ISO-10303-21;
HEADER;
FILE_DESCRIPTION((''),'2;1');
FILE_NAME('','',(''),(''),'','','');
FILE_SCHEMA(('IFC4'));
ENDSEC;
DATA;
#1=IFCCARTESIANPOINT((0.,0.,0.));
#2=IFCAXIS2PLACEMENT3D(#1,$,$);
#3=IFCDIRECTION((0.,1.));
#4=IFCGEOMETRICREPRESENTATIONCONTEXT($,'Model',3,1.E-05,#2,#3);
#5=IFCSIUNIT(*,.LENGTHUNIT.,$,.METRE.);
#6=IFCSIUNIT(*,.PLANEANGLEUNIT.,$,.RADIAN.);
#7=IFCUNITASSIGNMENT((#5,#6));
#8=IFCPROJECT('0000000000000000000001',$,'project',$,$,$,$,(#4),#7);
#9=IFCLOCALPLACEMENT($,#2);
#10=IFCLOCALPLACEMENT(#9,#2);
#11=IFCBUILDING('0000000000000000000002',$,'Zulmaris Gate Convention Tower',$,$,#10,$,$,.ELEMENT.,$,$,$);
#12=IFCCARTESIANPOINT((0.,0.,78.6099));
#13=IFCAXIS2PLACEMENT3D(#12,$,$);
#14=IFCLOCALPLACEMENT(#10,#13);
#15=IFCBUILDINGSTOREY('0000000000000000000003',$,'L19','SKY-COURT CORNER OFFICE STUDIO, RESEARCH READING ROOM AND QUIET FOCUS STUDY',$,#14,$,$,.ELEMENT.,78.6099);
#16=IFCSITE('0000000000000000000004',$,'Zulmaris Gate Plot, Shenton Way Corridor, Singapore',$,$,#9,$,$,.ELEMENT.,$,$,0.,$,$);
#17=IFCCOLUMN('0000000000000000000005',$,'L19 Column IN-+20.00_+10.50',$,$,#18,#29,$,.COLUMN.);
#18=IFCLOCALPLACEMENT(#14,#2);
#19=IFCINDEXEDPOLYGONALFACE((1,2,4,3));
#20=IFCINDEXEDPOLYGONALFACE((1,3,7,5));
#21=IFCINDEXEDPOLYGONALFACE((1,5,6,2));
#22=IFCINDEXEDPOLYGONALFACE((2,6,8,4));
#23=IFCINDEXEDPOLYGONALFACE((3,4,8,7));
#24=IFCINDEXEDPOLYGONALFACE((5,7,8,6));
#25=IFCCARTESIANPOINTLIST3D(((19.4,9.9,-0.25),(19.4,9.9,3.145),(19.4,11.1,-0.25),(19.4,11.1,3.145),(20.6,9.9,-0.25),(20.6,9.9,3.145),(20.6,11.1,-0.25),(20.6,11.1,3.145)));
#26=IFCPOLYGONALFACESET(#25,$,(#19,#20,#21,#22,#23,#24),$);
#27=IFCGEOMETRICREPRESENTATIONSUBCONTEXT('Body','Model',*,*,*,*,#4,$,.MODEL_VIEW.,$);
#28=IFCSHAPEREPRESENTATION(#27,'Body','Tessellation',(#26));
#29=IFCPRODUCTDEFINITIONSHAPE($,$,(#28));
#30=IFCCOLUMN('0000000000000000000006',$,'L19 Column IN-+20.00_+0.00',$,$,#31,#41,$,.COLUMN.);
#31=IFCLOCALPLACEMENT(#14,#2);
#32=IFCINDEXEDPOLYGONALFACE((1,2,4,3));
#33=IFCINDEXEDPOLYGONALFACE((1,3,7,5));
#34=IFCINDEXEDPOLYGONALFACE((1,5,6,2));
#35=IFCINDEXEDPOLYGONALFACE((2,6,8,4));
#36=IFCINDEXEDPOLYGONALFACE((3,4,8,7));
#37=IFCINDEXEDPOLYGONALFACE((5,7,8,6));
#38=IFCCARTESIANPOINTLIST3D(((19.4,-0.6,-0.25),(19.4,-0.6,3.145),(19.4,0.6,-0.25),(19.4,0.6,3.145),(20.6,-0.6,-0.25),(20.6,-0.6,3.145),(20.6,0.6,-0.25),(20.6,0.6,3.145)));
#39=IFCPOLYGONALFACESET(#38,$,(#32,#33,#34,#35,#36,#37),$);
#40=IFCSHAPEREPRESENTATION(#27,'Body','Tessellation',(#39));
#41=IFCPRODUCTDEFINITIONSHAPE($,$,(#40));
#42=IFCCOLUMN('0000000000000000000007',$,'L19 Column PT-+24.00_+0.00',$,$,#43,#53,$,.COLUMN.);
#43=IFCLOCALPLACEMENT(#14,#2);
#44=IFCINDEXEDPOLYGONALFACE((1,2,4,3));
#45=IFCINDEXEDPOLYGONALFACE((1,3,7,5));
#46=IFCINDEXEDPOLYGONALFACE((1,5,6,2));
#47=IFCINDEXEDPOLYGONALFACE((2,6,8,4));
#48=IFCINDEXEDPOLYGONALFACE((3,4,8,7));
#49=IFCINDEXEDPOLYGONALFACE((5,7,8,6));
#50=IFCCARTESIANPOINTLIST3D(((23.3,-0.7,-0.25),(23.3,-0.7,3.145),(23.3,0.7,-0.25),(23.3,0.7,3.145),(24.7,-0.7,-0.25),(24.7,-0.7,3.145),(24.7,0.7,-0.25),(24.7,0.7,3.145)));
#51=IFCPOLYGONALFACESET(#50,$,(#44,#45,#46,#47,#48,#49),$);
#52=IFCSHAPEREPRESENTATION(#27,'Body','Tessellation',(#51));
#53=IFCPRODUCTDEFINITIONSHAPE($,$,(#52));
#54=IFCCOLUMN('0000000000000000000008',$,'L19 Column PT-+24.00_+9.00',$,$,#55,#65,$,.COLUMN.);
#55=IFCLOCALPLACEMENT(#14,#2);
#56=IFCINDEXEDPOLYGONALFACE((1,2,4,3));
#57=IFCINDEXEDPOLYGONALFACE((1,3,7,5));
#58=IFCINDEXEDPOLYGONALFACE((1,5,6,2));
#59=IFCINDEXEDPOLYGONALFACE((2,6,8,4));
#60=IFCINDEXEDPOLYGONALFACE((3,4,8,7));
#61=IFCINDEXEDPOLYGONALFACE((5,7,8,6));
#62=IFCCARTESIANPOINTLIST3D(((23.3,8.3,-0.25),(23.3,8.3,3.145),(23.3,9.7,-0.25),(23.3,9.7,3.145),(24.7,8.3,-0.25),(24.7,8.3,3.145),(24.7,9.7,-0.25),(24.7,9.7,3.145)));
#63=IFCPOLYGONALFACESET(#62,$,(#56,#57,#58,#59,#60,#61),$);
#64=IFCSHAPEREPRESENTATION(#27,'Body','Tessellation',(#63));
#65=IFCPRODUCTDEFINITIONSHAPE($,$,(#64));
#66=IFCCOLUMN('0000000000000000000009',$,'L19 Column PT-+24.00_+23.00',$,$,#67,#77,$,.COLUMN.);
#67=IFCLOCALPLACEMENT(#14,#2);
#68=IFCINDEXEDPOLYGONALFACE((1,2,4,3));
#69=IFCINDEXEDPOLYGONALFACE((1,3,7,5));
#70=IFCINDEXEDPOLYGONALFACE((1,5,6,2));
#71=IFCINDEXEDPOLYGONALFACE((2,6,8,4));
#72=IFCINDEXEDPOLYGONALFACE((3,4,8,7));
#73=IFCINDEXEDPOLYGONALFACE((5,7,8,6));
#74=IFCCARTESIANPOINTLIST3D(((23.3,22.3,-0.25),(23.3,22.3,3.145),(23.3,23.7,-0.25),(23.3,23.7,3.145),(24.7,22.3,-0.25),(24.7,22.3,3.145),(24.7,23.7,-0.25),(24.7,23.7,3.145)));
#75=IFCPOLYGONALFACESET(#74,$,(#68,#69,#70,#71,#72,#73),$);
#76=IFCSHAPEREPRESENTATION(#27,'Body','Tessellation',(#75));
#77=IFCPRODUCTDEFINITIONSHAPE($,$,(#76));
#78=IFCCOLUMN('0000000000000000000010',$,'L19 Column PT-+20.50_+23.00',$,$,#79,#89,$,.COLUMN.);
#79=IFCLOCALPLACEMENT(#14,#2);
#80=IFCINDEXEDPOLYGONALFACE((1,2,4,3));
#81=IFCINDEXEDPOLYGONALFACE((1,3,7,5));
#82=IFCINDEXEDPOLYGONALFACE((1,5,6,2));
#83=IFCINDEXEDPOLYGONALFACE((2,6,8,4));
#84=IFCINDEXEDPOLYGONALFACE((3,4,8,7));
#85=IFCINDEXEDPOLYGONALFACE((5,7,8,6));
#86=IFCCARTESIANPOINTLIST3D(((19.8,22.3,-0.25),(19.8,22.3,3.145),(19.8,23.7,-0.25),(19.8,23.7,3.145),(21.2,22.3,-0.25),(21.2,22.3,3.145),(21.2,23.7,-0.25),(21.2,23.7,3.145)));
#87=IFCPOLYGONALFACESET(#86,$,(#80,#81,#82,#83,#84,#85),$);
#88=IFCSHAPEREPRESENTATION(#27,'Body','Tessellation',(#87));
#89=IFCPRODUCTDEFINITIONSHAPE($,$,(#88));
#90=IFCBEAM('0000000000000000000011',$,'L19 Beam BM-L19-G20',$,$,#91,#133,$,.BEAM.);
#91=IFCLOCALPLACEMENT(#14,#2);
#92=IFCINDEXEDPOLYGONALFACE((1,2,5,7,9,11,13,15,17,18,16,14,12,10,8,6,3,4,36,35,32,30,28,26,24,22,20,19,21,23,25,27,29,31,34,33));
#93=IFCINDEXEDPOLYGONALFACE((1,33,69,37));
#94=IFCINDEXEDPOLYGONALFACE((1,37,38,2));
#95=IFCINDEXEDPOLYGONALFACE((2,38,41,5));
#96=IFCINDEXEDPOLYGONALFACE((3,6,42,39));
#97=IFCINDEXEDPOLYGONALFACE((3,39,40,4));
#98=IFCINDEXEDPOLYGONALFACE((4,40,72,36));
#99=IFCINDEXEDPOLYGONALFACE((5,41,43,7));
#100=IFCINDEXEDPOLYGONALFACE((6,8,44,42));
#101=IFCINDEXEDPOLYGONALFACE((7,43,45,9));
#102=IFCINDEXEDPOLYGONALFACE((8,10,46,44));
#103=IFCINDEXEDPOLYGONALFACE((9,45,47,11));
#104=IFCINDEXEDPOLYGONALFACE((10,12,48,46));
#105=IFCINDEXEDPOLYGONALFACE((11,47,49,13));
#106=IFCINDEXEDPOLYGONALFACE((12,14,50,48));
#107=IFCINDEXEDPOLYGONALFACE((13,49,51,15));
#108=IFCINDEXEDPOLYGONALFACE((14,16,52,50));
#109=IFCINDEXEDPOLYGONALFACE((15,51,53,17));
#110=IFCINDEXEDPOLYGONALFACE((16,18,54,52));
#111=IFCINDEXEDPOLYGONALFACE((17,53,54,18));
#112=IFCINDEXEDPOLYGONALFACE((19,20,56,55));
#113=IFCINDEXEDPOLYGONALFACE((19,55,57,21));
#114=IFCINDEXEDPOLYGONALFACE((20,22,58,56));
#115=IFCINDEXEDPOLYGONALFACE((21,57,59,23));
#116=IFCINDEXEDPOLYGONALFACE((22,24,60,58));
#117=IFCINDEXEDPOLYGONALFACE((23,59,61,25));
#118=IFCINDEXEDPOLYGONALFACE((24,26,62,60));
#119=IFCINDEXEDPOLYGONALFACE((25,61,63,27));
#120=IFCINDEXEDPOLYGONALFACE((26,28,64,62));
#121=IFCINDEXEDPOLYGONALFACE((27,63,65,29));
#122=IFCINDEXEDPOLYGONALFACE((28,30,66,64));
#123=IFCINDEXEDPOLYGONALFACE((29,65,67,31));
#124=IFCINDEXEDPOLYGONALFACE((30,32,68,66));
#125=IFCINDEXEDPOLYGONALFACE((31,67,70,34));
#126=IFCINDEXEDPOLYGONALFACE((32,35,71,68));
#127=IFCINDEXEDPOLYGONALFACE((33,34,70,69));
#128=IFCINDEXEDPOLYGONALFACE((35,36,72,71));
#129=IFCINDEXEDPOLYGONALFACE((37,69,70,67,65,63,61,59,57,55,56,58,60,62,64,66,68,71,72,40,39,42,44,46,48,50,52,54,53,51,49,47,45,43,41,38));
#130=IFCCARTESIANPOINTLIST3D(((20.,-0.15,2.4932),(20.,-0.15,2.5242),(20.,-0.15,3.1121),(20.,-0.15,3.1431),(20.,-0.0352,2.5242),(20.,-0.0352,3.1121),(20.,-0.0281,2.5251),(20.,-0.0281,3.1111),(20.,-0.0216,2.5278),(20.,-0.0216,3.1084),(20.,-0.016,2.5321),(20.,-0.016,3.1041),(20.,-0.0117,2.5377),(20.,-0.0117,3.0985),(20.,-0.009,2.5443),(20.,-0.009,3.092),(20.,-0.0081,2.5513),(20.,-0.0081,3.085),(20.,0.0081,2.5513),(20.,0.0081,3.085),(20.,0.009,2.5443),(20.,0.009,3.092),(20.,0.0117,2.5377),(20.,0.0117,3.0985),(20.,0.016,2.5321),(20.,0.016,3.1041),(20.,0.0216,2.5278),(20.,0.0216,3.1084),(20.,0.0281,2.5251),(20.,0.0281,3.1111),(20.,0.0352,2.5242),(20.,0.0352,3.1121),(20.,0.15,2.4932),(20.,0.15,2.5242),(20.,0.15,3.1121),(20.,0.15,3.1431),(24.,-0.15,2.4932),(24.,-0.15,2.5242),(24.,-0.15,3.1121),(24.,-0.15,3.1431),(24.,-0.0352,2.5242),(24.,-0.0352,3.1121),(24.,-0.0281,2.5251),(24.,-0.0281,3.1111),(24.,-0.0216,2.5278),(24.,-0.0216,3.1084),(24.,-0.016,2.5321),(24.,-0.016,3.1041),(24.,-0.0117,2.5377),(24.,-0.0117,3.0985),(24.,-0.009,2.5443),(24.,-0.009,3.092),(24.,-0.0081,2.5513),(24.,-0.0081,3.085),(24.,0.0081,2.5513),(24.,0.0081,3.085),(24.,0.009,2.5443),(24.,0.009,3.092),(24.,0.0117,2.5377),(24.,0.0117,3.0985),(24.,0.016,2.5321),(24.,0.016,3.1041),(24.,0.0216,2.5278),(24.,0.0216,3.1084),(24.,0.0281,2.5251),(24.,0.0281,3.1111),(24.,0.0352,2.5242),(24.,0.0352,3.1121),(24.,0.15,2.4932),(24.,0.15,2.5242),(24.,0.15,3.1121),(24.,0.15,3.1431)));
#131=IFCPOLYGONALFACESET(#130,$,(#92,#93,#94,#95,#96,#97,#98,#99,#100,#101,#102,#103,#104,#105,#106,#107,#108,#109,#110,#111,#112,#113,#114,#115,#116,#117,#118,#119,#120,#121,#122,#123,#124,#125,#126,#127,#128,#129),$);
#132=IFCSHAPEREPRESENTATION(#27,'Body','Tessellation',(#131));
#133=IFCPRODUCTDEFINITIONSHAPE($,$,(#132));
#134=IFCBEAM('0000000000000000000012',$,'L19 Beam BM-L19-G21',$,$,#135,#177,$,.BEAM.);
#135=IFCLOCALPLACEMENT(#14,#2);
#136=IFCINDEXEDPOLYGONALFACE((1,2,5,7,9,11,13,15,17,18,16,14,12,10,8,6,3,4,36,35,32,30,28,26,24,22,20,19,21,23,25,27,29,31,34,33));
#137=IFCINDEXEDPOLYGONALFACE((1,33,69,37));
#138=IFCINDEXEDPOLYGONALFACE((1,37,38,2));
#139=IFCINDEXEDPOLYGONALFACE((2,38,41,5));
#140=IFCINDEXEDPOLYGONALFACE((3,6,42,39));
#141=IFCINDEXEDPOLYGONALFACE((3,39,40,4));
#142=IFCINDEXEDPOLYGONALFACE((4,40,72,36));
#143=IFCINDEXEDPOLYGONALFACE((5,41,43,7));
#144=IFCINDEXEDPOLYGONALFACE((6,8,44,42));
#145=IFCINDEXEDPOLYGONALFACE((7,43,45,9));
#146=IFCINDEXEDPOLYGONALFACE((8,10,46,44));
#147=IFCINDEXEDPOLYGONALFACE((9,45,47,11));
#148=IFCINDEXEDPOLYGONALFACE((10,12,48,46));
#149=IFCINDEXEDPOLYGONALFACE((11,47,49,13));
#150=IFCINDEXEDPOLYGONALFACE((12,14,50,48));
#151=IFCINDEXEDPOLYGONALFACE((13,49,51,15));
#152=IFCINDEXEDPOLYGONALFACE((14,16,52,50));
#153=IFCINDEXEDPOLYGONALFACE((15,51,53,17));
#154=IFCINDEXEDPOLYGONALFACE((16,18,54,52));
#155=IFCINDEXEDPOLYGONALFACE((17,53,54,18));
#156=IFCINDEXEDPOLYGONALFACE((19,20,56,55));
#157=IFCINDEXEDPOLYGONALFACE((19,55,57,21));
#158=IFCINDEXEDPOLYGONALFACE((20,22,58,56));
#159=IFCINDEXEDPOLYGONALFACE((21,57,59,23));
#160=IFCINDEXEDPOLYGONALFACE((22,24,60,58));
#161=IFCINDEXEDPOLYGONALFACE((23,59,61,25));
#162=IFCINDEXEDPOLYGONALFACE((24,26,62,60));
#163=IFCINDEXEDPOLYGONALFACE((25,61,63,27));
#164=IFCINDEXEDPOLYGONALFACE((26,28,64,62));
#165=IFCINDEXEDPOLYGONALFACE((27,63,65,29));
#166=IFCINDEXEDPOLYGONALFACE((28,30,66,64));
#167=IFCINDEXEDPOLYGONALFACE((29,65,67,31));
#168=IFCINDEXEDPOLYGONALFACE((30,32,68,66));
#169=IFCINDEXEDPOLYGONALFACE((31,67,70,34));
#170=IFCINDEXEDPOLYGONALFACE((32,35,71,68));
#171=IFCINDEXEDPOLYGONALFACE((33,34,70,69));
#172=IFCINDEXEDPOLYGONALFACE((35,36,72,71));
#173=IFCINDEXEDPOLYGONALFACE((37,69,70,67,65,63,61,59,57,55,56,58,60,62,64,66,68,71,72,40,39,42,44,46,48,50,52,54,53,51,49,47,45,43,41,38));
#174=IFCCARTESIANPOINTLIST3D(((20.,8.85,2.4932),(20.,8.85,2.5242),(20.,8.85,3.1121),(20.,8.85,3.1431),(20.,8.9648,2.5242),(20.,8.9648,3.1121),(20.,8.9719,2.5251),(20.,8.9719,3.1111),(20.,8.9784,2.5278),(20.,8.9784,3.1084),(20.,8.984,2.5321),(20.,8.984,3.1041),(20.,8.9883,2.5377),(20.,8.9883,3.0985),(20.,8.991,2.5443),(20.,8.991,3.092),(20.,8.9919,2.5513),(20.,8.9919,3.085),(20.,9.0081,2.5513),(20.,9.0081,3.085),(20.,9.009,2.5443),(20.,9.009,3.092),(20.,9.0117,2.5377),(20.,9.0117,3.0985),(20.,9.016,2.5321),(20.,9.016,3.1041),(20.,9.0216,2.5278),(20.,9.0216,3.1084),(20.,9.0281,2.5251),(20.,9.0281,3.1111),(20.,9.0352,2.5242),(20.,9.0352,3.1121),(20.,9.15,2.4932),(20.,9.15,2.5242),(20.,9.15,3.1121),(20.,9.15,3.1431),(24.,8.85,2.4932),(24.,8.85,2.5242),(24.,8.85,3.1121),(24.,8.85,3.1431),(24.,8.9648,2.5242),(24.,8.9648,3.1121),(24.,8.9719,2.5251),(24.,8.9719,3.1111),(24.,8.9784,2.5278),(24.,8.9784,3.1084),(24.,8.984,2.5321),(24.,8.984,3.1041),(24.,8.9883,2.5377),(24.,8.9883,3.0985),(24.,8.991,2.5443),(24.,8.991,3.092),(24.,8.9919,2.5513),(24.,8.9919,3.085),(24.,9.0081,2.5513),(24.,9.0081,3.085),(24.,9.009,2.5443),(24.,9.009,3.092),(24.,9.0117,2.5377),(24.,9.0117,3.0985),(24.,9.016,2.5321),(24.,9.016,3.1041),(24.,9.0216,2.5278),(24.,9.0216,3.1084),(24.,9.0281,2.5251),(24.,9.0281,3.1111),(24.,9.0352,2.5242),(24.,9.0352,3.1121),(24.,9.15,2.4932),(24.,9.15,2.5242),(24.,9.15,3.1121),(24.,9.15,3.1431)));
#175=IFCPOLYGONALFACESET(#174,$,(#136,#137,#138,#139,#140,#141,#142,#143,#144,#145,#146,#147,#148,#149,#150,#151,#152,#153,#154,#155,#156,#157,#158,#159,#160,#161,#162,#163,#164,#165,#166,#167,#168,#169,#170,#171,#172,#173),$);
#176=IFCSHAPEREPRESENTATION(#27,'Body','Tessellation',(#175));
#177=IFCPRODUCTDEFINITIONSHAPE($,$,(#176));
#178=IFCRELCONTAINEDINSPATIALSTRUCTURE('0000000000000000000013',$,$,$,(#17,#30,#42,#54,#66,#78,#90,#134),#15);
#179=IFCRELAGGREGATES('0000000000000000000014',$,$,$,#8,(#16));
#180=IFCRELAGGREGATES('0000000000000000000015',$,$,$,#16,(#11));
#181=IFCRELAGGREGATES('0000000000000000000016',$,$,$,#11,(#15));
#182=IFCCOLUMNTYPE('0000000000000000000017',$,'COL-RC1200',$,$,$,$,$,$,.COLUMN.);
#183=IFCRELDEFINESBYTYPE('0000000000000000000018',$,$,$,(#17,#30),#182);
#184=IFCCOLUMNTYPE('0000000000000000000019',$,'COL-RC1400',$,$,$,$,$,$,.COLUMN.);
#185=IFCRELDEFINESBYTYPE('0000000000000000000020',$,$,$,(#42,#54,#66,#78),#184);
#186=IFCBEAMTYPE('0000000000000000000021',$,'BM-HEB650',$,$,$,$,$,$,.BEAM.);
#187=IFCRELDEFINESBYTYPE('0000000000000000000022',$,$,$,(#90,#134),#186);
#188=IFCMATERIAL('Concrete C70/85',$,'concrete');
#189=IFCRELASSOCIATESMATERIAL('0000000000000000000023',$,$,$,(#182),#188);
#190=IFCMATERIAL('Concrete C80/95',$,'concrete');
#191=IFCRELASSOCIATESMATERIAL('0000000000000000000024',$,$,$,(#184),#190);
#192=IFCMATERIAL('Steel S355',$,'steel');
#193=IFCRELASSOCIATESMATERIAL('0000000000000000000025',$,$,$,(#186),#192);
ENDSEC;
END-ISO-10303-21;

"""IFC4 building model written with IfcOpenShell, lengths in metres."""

from ifc_helpers import new_model, si_unit, direction, frame, origin, origin_2d, place, context, subcontext, project, spatial, rectangle, i_section, extrude, material, material_profile, profile_set, type_object, element, save


model = new_model("IFC4")

# Units and contexts
model_context = context("Model", 3, precision=1e-05, world=origin(), true_north=direction((0.0, 1.0)))
body_context = subcontext(model_context, "Body", "Model", "MODEL_VIEW")
ifc_project = project(units=[si_unit("LENGTHUNIT", "METRE"), si_unit("PLANEANGLEUNIT", "RADIAN")], contexts=[model_context])

# Site, building, storey
site_placement = place(None, origin())
site = spatial("IfcSite", under=ifc_project, at=site_placement, Name="Zulmaris Gate Plot, Shenton Way Corridor, Singapore", CompositionType="ELEMENT", RefElevation=0.0)
building_placement = place(site_placement, origin())
building = spatial("IfcBuilding", under=site, at=building_placement, Name="Zulmaris Gate Convention Tower", CompositionType="ELEMENT")
storey_placement = place(building_placement, frame((0.0, 0.0, 78.6099)))
storey = spatial("IfcBuildingStorey", under=building, at=storey_placement, Name="L19", Description="SKY-COURT CORNER OFFICE STUDIO, RESEARCH READING ROOM AND QUIET FOCUS STUDY", CompositionType="ELEMENT", Elevation=78.6099)

# Columns
ifc_material_1 = material(Name="Concrete C70/85", Category="concrete")
ifc_material_profile_1 = material_profile(ifc_material_1, rectangle(XDim=1.2, YDim=1.2, at=origin_2d()), Name="RC COL 1200x1200")
ifc_profile_set_1 = profile_set([ifc_material_profile_1], Name="Concrete C70/85")
column_type_1 = type_object("IfcColumnType", Name="COL-RC1200", PredefinedType="COLUMN", material=ifc_profile_set_1)
for number, where, z_axis, x_axis, name in (
    (1, (20.0, 10.5, -0.25), (0.0, 0.0, 1.0), (1.0, 0.0, 0.0), "L19 Column IN-+20.00_+10.50"),
    (2, (20.0, 0.0, -0.25), (0.0, 0.0, 1.0), (1.0, 0.0, 0.0), "L19 Column IN-+20.00_+0.00"),
):
    element("IfcColumn", number, at=place(storey_placement, frame(where, z_axis=z_axis, x_axis=x_axis)), inside=storey, type_object=column_type_1, Name=name, PredefinedType="COLUMN", context=body_context, shape_type="SweptSolid", body=[
        extrude(rectangle(XDim=1.2, YDim=1.2, at=origin_2d()), origin(), (0.0, 0.0, 1.0), 3.395),
    ])
ifc_material_2 = material(Name="Concrete C80/95", Category="concrete")
ifc_material_profile_2 = material_profile(ifc_material_2, rectangle(XDim=1.3999, YDim=1.3999, at=origin_2d()), Name="RC COL 1400x1400")
ifc_profile_set_2 = profile_set([ifc_material_profile_2], Name="Concrete C80/95")
column_type_2 = type_object("IfcColumnType", Name="COL-RC1400", PredefinedType="COLUMN", material=ifc_profile_set_2)
for number, where, z_axis, x_axis, name in (
    (3, (24.0, 0.0, -0.25), (0.0, 0.0, 1.0), (1.0, 0.0, 0.0), "L19 Column PT-+24.00_+0.00"),
    (4, (24.0, 9.0, -0.25), (0.0, 0.0, 1.0), (1.0, 0.0, 0.0), "L19 Column PT-+24.00_+9.00"),
    (5, (24.0, 23.0, -0.25), (0.0, 0.0, 1.0), (1.0, 0.0, 0.0), "L19 Column PT-+24.00_+23.00"),
    (6, (20.5, 23.0, -0.25), (0.0, 0.0, 1.0), (1.0, 0.0, 0.0), "L19 Column PT-+20.50_+23.00"),
):
    element("IfcColumn", number, at=place(storey_placement, frame(where, z_axis=z_axis, x_axis=x_axis)), inside=storey, type_object=column_type_2, Name=name, PredefinedType="COLUMN", context=body_context, shape_type="SweptSolid", body=[
        extrude(rectangle(XDim=1.3999, YDim=1.3999, at=origin_2d()), origin(), (0.0, 0.0, 1.0), 3.395),
    ])

# Beams
ifc_material_3 = material(Name="Steel S355", Category="steel")
ifc_material_profile_3 = material_profile(ifc_material_3, i_section(OverallWidth=0.3, OverallDepth=0.6499, WebThickness=0.0161, FlangeThickness=0.031, FilletRadius=0.0271, at=origin_2d()), Name="HEB 650")
ifc_profile_set_3 = profile_set([ifc_material_profile_3], Name="Steel S355")
beam_type_1 = type_object("IfcBeamType", Name="BM-HEB650", PredefinedType="BEAM", material=ifc_profile_set_3)
for number, where, z_axis, x_axis, name in (
    (7, (20.0, 0.0, 2.8181), (1.0, 0.0, 0.0), (0.0, 1.0, 0.0), "L19 Beam BM-L19-G20"),
    (8, (20.0, 9.0, 2.8181), (1.0, 0.0, 0.0), (0.0, 1.0, 0.0), "L19 Beam BM-L19-G21"),
):
    element("IfcBeam", number, at=place(storey_placement, frame(where, z_axis=z_axis, x_axis=x_axis)), inside=storey, type_object=beam_type_1, Name=name, PredefinedType="BEAM", context=body_context, shape_type="SweptSolid", body=[
        extrude(i_section(OverallWidth=0.3, OverallDepth=0.6499, WebThickness=0.0161, FlangeThickness=0.031, FilletRadius=0.0271, at=origin_2d()), origin(), (0.0, 0.0, 1.0), 4.0),
    ])

save(model, "model.ifc")
